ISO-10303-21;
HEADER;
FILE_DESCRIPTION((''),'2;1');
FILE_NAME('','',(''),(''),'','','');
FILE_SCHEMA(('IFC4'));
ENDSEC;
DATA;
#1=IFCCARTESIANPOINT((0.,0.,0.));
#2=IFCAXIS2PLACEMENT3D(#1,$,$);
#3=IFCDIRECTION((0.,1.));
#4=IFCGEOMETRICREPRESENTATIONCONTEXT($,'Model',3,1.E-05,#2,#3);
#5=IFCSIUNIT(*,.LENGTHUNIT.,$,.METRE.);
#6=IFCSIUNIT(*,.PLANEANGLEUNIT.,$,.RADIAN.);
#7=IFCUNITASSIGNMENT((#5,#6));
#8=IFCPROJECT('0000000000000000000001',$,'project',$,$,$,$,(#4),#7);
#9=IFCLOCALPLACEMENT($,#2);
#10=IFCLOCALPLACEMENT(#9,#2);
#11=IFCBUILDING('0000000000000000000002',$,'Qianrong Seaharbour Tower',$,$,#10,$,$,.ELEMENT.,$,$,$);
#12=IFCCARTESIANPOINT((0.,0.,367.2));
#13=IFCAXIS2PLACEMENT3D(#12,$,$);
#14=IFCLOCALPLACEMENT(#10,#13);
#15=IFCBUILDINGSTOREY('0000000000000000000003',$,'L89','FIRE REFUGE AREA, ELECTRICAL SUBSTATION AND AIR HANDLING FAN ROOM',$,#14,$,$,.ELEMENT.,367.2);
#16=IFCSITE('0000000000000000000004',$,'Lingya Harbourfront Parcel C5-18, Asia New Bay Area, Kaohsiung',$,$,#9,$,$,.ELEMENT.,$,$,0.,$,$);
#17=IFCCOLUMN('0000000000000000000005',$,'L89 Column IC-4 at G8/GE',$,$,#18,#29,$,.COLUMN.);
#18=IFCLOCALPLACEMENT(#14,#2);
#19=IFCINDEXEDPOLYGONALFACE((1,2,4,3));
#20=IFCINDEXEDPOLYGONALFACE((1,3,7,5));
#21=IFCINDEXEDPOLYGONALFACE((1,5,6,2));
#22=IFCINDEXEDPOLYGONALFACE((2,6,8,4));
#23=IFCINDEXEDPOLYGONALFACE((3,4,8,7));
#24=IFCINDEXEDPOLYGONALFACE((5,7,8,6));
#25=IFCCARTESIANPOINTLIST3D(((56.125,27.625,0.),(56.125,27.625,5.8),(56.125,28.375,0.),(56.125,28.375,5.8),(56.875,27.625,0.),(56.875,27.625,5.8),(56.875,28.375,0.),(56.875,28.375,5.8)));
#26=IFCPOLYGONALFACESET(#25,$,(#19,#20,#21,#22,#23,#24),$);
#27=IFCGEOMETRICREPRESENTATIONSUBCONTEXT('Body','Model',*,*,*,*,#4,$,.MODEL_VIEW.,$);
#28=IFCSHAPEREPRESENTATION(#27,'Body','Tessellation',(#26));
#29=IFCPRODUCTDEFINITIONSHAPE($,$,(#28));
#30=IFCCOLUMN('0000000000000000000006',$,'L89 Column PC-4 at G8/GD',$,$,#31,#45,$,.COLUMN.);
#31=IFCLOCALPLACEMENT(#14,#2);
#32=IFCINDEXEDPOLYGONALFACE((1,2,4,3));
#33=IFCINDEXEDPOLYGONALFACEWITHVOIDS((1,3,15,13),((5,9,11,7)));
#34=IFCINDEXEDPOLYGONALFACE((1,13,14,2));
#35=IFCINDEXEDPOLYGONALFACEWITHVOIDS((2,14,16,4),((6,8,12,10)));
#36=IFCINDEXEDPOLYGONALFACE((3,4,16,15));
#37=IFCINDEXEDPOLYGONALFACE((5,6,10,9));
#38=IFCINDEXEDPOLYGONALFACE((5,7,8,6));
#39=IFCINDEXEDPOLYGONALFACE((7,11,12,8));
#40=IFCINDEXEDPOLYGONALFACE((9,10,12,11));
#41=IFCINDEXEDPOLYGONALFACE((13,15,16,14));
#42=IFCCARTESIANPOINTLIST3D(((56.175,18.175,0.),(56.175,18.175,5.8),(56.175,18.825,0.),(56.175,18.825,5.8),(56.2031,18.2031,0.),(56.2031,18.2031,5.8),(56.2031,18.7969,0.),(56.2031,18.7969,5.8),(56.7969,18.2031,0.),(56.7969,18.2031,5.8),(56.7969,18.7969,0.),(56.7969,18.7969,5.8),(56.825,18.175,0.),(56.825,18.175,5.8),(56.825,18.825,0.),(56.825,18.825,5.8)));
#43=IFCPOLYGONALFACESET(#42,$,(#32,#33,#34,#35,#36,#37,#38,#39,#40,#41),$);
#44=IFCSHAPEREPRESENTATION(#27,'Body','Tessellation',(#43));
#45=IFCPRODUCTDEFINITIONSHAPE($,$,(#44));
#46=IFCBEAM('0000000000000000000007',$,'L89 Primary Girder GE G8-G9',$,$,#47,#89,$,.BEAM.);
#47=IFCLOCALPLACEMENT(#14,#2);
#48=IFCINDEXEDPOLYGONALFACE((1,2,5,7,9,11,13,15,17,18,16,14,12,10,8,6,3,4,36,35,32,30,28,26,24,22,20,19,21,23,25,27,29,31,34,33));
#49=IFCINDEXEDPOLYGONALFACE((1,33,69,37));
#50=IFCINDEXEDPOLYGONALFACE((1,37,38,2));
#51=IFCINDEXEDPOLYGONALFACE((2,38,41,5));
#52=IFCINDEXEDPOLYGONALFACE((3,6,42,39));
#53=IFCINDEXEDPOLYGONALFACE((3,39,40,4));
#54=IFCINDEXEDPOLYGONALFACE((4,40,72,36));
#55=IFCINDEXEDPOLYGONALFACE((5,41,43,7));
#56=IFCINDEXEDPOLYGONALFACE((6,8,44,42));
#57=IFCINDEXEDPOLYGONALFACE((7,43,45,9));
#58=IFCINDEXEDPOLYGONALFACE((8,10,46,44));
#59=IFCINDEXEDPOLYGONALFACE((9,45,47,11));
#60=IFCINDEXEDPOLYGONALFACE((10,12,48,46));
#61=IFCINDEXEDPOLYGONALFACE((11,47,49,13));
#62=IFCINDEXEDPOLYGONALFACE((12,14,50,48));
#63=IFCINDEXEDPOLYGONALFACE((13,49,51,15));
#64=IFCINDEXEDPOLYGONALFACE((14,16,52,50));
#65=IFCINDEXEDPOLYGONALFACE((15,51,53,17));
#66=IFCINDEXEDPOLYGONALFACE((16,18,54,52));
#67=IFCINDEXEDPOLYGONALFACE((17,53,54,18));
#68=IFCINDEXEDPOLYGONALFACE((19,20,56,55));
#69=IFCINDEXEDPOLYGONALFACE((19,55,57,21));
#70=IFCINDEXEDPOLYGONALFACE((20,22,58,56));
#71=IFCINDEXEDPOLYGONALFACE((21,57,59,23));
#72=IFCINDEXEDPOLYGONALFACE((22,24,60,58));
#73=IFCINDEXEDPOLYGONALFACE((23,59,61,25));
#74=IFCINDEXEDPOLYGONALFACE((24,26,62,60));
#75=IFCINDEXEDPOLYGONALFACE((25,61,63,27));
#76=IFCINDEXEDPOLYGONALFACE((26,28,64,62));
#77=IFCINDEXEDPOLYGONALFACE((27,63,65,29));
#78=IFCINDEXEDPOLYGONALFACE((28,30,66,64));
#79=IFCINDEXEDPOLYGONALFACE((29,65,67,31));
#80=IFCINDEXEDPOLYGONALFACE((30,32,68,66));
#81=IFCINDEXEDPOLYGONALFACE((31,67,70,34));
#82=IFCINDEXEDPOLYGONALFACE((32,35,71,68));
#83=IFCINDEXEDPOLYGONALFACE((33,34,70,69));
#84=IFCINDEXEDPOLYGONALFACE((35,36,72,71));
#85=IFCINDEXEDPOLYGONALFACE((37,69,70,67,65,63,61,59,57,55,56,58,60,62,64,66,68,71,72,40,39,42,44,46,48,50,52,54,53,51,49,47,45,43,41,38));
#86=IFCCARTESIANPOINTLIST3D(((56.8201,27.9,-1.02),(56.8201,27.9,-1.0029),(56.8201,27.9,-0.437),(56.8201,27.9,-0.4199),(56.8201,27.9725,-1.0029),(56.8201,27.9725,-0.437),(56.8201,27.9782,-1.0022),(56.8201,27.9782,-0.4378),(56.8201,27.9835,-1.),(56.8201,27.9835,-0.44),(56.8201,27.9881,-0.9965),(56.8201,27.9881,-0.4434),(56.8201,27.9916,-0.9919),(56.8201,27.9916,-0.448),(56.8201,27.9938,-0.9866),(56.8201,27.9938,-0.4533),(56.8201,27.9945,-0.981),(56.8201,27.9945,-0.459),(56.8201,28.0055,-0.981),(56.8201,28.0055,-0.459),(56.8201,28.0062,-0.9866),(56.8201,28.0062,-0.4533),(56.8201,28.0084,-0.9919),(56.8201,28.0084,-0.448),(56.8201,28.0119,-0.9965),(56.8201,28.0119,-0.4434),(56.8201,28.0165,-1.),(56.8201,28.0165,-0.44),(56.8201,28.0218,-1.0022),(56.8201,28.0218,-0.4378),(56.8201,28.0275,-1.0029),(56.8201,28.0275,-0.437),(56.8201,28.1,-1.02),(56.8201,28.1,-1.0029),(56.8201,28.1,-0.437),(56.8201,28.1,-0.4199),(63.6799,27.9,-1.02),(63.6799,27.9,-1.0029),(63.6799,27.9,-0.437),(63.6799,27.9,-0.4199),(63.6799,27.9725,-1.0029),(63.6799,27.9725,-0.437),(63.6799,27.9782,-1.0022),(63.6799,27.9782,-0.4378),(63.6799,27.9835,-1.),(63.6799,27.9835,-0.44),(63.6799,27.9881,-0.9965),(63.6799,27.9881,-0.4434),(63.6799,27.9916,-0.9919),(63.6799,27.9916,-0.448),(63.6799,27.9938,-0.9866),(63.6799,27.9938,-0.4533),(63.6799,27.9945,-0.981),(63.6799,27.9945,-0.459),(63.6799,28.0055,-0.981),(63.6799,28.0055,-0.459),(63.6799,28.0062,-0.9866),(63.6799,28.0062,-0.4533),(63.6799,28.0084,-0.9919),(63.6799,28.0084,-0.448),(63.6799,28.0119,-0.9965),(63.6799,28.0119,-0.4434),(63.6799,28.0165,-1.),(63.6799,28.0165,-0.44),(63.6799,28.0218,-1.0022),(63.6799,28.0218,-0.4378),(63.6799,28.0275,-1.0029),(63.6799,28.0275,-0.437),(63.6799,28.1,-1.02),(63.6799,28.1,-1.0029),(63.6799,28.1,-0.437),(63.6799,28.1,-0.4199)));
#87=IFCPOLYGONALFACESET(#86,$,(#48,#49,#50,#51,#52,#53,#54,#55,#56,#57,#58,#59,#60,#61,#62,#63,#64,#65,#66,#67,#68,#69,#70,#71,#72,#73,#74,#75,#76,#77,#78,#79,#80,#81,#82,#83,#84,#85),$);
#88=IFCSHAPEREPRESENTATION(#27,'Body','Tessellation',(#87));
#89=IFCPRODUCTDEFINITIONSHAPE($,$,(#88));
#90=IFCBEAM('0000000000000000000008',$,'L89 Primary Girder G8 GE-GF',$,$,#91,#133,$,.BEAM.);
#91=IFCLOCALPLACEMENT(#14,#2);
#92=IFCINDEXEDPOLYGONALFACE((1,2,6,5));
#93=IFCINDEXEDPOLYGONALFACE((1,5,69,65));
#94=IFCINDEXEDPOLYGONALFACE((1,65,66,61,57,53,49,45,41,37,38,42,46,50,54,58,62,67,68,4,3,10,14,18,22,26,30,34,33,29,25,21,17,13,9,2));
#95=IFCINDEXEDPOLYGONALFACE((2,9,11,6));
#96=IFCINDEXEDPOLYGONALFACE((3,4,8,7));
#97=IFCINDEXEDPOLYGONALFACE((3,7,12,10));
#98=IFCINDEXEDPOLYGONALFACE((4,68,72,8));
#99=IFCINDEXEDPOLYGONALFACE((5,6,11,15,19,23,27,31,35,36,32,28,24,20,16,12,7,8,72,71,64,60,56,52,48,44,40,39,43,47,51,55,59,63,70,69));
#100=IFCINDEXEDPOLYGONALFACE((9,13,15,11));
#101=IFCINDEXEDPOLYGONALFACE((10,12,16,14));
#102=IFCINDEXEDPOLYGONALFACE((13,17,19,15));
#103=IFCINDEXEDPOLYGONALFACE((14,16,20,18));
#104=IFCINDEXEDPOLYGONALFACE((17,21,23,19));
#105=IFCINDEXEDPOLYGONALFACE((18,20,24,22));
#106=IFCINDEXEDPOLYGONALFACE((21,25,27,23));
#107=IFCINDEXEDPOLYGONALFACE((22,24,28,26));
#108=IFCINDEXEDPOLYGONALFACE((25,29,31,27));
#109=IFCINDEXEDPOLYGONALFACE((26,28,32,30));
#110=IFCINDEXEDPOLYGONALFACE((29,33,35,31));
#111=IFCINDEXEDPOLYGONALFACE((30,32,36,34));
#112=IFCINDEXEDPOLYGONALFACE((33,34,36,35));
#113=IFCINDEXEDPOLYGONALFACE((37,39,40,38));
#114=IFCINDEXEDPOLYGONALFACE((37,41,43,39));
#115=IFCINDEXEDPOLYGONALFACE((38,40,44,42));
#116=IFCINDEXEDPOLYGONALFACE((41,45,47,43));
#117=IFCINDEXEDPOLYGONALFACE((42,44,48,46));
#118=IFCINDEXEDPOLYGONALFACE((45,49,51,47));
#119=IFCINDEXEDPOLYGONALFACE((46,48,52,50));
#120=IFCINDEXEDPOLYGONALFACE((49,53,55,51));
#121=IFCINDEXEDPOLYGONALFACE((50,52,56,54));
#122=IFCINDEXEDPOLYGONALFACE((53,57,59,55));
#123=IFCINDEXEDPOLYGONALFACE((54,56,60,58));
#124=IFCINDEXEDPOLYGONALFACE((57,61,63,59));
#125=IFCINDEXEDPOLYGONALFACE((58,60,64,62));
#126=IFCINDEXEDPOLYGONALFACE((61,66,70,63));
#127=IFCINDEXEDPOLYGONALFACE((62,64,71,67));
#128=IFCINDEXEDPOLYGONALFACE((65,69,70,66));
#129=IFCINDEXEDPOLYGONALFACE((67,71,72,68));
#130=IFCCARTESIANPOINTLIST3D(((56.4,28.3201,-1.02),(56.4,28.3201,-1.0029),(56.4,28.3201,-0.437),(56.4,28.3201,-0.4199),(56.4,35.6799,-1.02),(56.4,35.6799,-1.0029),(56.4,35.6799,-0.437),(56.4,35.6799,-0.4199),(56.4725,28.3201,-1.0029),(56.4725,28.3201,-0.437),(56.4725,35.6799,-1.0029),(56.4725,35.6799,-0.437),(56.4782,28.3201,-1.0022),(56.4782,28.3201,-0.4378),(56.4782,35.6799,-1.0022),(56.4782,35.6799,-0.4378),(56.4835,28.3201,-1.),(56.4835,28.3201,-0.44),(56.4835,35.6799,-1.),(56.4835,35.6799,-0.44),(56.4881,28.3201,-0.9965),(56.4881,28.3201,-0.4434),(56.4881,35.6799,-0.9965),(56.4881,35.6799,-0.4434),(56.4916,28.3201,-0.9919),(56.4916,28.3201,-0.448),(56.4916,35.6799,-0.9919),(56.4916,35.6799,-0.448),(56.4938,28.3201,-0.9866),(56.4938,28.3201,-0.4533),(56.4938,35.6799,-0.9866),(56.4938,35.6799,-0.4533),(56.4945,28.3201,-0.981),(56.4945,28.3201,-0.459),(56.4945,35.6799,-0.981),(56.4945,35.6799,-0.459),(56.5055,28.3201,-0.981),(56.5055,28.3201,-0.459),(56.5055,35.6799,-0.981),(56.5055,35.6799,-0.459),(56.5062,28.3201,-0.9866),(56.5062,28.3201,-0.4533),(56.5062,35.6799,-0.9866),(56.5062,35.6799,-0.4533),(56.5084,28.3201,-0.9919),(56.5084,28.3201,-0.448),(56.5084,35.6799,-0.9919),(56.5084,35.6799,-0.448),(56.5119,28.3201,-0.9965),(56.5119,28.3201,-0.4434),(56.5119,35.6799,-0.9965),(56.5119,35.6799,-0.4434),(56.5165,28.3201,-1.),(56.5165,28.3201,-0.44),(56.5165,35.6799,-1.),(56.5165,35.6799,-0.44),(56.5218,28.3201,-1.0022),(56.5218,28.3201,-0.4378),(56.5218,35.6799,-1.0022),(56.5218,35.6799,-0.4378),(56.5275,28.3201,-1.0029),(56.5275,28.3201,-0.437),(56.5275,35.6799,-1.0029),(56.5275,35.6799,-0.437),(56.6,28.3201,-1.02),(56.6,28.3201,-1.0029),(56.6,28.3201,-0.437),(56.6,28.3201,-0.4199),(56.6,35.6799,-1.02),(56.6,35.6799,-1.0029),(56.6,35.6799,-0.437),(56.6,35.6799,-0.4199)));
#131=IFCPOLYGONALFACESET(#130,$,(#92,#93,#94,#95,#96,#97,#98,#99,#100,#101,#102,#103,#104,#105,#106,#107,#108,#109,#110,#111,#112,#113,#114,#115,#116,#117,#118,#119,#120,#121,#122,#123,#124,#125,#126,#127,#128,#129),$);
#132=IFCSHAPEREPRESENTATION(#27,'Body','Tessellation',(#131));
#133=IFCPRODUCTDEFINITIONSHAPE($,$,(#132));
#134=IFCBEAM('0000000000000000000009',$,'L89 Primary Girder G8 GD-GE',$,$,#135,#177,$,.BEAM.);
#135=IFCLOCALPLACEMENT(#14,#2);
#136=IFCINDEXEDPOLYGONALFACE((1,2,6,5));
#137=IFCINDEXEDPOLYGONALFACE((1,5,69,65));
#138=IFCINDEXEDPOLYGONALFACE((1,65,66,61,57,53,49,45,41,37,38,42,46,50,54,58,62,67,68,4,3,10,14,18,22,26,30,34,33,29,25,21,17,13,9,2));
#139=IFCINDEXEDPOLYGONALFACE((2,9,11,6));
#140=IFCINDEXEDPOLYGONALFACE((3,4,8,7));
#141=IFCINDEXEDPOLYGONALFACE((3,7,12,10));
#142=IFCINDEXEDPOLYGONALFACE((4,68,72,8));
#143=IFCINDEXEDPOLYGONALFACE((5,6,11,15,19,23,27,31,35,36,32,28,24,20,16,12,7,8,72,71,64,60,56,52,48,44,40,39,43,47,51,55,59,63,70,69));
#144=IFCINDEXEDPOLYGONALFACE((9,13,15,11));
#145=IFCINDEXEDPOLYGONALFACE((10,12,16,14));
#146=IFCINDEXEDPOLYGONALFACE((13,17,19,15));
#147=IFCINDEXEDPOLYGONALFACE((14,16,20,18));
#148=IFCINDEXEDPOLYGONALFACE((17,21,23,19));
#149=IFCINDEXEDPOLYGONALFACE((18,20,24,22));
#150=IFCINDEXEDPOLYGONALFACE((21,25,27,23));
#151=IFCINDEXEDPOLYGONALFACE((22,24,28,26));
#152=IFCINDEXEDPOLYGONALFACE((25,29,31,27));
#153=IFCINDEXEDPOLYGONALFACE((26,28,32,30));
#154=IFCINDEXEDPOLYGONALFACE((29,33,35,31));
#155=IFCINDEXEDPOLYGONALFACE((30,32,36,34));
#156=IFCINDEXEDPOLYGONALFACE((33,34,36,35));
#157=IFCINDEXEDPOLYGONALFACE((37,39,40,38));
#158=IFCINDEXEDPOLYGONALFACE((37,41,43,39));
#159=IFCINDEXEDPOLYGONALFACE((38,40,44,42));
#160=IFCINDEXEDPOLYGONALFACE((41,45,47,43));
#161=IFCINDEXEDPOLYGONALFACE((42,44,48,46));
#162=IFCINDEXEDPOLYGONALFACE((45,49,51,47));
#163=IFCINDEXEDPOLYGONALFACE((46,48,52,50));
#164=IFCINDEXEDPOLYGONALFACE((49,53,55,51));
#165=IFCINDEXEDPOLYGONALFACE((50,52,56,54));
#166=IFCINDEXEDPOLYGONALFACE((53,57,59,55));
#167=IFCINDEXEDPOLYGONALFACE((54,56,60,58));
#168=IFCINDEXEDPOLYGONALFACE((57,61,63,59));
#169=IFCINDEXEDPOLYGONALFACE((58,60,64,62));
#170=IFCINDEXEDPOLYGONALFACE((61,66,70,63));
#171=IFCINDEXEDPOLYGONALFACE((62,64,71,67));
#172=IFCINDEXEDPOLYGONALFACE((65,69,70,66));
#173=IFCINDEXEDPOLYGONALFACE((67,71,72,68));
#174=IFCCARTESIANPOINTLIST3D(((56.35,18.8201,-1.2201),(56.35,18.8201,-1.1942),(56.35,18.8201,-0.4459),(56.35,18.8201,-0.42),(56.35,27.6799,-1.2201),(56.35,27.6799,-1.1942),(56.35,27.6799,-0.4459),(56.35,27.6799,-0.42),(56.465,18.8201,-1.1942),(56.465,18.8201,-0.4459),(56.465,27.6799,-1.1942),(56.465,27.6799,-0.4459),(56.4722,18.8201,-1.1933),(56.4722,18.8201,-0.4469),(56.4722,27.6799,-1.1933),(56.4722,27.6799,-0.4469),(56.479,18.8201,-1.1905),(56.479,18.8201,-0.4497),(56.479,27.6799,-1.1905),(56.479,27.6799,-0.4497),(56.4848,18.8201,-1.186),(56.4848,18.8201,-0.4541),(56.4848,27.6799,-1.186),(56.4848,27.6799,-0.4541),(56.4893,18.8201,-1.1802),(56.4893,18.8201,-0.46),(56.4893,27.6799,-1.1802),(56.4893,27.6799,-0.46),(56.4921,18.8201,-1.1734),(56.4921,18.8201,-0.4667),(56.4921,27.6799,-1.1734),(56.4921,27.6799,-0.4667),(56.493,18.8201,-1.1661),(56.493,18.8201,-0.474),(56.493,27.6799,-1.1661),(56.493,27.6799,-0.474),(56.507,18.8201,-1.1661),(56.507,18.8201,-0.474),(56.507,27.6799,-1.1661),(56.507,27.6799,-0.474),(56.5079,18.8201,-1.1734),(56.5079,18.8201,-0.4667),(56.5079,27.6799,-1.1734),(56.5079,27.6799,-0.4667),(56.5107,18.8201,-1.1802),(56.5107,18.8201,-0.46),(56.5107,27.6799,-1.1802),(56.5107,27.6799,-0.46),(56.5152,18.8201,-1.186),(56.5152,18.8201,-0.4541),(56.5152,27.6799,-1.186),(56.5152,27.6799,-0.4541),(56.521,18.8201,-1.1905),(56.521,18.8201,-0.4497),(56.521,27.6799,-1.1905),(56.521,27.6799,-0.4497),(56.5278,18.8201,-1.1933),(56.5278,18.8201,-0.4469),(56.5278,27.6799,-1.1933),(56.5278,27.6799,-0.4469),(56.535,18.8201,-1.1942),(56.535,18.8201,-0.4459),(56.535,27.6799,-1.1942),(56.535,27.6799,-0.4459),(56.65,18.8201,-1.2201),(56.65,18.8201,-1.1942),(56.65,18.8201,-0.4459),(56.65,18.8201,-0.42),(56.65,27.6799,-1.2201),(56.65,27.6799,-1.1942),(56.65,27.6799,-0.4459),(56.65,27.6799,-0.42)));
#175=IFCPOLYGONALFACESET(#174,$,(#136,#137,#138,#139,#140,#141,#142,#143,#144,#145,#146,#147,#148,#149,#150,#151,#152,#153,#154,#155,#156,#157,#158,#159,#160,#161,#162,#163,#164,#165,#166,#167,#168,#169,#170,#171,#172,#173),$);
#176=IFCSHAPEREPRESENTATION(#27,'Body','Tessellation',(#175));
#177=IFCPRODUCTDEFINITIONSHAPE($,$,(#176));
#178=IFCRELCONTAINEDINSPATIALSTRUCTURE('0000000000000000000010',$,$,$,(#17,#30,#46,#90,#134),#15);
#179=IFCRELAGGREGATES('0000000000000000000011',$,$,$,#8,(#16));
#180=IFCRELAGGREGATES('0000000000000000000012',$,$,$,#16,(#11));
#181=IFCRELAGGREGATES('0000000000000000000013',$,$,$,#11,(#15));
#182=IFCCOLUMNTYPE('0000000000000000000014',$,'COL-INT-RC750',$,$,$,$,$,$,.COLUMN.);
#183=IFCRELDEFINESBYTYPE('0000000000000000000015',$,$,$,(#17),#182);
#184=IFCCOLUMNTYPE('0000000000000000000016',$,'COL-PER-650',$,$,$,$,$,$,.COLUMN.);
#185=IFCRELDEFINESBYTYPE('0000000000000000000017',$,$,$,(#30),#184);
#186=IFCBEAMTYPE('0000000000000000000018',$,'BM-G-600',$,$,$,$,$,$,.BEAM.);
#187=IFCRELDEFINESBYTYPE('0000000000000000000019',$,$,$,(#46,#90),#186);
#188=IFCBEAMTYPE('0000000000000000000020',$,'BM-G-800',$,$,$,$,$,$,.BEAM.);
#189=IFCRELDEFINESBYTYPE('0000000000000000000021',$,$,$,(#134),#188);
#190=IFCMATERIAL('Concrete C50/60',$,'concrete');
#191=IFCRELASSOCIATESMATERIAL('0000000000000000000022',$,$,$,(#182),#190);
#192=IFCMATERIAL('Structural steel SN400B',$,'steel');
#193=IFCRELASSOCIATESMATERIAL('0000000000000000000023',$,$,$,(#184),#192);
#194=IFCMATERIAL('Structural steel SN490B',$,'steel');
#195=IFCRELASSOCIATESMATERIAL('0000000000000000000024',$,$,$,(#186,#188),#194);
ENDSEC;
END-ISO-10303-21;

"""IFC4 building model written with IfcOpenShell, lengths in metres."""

from ifc_helpers import new_model, si_unit, direction, frame, origin, origin_2d, place, context, subcontext, project, spatial, rectangle, hollow_rectangle, i_section, extrude, material, material_profile, profile_set, type_object, element, save


model = new_model("IFC4")

# Units and contexts
model_context = context("Model", 3, precision=1e-05, world=origin(), true_north=direction((0.0, 1.0)))
body_context = subcontext(model_context, "Body", "Model", "MODEL_VIEW")
ifc_project = project(units=[si_unit("LENGTHUNIT", "METRE"), si_unit("PLANEANGLEUNIT", "RADIAN")], contexts=[model_context])

# Site, building, storey
site_placement = place(None, origin())
site = spatial("IfcSite", under=ifc_project, at=site_placement, Name="Lingya Harbourfront Parcel C5-18, Asia New Bay Area, Kaohsiung", CompositionType="ELEMENT", RefElevation=0.0)
building_placement = place(site_placement, origin())
building = spatial("IfcBuilding", under=site, at=building_placement, Name="Qianrong Seaharbour Tower", CompositionType="ELEMENT")
storey_placement = place(building_placement, frame((0.0, 0.0, 367.2)))
storey = spatial("IfcBuildingStorey", under=building, at=storey_placement, Name="L89", Description="FIRE REFUGE AREA, ELECTRICAL SUBSTATION AND AIR HANDLING FAN ROOM", CompositionType="ELEMENT", Elevation=367.2)

# Columns
ifc_material_1 = material(Name="Concrete C50/60", Category="concrete")
ifc_material_profile_1 = material_profile(ifc_material_1, rectangle(XDim=0.75, YDim=0.75, at=origin_2d()), Name="RC750x750")
ifc_profile_set_1 = profile_set([ifc_material_profile_1], Name="Concrete C50/60")
column_type_1 = type_object("IfcColumnType", Name="COL-INT-RC750", PredefinedType="COLUMN", material=ifc_profile_set_1)
column_1_placement = place(storey_placement, frame((56.5, 28.0, 0.0), z_axis=(0.0, 0.0, 1.0), x_axis=(1.0, 0.0, 0.0)))
element("IfcColumn", 1, at=column_1_placement, inside=storey, type_object=column_type_1, Name="L89 Column IC-4 at G8/GE", PredefinedType="COLUMN", context=body_context, shape_type="SweptSolid", body=[
    extrude(rectangle(XDim=0.75, YDim=0.75, at=origin_2d()), origin(), (0.0, 0.0, 1.0), 5.8),
])
ifc_material_2 = material(Name="Structural steel SN400B", Category="steel")
ifc_material_profile_2 = material_profile(ifc_material_2, hollow_rectangle(XDim=0.6499, YDim=0.6499, WallThickness=0.0281, at=origin_2d()), Name="BOX650x650x28")
ifc_profile_set_2 = profile_set([ifc_material_profile_2], Name="Structural steel SN400B")
column_type_2 = type_object("IfcColumnType", Name="COL-PER-650", PredefinedType="COLUMN", material=ifc_profile_set_2)
column_2_placement = place(storey_placement, frame((56.5, 18.5, 0.0), z_axis=(0.0, 0.0, 1.0), x_axis=(1.0, 0.0, 0.0)))
element("IfcColumn", 2, at=column_2_placement, inside=storey, type_object=column_type_2, Name="L89 Column PC-4 at G8/GD", PredefinedType="COLUMN", context=body_context, shape_type="SweptSolid", body=[
    extrude(hollow_rectangle(XDim=0.6499, YDim=0.6499, WallThickness=0.0281, at=origin_2d()), origin(), (0.0, 0.0, 1.0), 5.8),
])

# Beams
ifc_material_3 = material(Name="Structural steel SN490B", Category="steel")
ifc_material_profile_3 = material_profile(ifc_material_3, i_section(OverallWidth=0.2, OverallDepth=0.6001, WebThickness=0.011, FlangeThickness=0.0171, FilletRadius=0.022, at=origin_2d()), Name="H600x200x11x17")
ifc_profile_set_3 = profile_set([ifc_material_profile_3], Name="Structural steel SN490B")
beam_type_1 = type_object("IfcBeamType", Name="BM-G-600", PredefinedType="BEAM", material=ifc_profile_set_3)
beam_1_placement = place(storey_placement, frame((56.8201, 28.0, -0.72), z_axis=(1.0, 0.0, 0.0), x_axis=(0.0, 1.0, 0.0)))
element("IfcBeam", 3, at=beam_1_placement, inside=storey, type_object=beam_type_1, Name="L89 Primary Girder GE G8-G9", PredefinedType="BEAM", context=body_context, shape_type="SweptSolid", body=[
    extrude(i_section(OverallWidth=0.2, OverallDepth=0.6001, WebThickness=0.011, FlangeThickness=0.0171, FilletRadius=0.022, at=origin_2d()), origin(), (0.0, 0.0, 1.0), 6.8599),
])
beam_2_placement = place(storey_placement, frame((56.5, 28.3201, -0.72), z_axis=(0.0, 1.0, 0.0), x_axis=(-1.0, 0.0, 0.0)))
element("IfcBeam", 4, at=beam_2_placement, inside=storey, type_object=beam_type_1, Name="L89 Primary Girder G8 GE-GF", PredefinedType="BEAM", context=body_context, shape_type="SweptSolid", body=[
    extrude(i_section(OverallWidth=0.2, OverallDepth=0.6001, WebThickness=0.011, FlangeThickness=0.0171, FilletRadius=0.022, at=origin_2d()), origin(), (0.0, 0.0, 1.0), 7.3599),
])
ifc_material_profile_4 = material_profile(ifc_material_3, i_section(OverallWidth=0.3, OverallDepth=0.8, WebThickness=0.0139, FlangeThickness=0.0259, FilletRadius=0.0281, at=origin_2d()), Name="H800x300x14x26")
ifc_profile_set_4 = profile_set([ifc_material_profile_4], Name="Structural steel SN490B")
beam_type_2 = type_object("IfcBeamType", Name="BM-G-800", PredefinedType="BEAM", material=ifc_profile_set_4)
beam_3_placement = place(storey_placement, frame((56.5, 18.8201, -0.8201), z_axis=(0.0, 1.0, 0.0), x_axis=(-1.0, 0.0, 0.0)))
element("IfcBeam", 5, at=beam_3_placement, inside=storey, type_object=beam_type_2, Name="L89 Primary Girder G8 GD-GE", PredefinedType="BEAM", context=body_context, shape_type="SweptSolid", body=[
    extrude(i_section(OverallWidth=0.3, OverallDepth=0.8, WebThickness=0.0139, FlangeThickness=0.0259, FilletRadius=0.0281, at=origin_2d()), origin(), (0.0, 0.0, 1.0), 8.8599),
])

save(model, "model.ifc")
